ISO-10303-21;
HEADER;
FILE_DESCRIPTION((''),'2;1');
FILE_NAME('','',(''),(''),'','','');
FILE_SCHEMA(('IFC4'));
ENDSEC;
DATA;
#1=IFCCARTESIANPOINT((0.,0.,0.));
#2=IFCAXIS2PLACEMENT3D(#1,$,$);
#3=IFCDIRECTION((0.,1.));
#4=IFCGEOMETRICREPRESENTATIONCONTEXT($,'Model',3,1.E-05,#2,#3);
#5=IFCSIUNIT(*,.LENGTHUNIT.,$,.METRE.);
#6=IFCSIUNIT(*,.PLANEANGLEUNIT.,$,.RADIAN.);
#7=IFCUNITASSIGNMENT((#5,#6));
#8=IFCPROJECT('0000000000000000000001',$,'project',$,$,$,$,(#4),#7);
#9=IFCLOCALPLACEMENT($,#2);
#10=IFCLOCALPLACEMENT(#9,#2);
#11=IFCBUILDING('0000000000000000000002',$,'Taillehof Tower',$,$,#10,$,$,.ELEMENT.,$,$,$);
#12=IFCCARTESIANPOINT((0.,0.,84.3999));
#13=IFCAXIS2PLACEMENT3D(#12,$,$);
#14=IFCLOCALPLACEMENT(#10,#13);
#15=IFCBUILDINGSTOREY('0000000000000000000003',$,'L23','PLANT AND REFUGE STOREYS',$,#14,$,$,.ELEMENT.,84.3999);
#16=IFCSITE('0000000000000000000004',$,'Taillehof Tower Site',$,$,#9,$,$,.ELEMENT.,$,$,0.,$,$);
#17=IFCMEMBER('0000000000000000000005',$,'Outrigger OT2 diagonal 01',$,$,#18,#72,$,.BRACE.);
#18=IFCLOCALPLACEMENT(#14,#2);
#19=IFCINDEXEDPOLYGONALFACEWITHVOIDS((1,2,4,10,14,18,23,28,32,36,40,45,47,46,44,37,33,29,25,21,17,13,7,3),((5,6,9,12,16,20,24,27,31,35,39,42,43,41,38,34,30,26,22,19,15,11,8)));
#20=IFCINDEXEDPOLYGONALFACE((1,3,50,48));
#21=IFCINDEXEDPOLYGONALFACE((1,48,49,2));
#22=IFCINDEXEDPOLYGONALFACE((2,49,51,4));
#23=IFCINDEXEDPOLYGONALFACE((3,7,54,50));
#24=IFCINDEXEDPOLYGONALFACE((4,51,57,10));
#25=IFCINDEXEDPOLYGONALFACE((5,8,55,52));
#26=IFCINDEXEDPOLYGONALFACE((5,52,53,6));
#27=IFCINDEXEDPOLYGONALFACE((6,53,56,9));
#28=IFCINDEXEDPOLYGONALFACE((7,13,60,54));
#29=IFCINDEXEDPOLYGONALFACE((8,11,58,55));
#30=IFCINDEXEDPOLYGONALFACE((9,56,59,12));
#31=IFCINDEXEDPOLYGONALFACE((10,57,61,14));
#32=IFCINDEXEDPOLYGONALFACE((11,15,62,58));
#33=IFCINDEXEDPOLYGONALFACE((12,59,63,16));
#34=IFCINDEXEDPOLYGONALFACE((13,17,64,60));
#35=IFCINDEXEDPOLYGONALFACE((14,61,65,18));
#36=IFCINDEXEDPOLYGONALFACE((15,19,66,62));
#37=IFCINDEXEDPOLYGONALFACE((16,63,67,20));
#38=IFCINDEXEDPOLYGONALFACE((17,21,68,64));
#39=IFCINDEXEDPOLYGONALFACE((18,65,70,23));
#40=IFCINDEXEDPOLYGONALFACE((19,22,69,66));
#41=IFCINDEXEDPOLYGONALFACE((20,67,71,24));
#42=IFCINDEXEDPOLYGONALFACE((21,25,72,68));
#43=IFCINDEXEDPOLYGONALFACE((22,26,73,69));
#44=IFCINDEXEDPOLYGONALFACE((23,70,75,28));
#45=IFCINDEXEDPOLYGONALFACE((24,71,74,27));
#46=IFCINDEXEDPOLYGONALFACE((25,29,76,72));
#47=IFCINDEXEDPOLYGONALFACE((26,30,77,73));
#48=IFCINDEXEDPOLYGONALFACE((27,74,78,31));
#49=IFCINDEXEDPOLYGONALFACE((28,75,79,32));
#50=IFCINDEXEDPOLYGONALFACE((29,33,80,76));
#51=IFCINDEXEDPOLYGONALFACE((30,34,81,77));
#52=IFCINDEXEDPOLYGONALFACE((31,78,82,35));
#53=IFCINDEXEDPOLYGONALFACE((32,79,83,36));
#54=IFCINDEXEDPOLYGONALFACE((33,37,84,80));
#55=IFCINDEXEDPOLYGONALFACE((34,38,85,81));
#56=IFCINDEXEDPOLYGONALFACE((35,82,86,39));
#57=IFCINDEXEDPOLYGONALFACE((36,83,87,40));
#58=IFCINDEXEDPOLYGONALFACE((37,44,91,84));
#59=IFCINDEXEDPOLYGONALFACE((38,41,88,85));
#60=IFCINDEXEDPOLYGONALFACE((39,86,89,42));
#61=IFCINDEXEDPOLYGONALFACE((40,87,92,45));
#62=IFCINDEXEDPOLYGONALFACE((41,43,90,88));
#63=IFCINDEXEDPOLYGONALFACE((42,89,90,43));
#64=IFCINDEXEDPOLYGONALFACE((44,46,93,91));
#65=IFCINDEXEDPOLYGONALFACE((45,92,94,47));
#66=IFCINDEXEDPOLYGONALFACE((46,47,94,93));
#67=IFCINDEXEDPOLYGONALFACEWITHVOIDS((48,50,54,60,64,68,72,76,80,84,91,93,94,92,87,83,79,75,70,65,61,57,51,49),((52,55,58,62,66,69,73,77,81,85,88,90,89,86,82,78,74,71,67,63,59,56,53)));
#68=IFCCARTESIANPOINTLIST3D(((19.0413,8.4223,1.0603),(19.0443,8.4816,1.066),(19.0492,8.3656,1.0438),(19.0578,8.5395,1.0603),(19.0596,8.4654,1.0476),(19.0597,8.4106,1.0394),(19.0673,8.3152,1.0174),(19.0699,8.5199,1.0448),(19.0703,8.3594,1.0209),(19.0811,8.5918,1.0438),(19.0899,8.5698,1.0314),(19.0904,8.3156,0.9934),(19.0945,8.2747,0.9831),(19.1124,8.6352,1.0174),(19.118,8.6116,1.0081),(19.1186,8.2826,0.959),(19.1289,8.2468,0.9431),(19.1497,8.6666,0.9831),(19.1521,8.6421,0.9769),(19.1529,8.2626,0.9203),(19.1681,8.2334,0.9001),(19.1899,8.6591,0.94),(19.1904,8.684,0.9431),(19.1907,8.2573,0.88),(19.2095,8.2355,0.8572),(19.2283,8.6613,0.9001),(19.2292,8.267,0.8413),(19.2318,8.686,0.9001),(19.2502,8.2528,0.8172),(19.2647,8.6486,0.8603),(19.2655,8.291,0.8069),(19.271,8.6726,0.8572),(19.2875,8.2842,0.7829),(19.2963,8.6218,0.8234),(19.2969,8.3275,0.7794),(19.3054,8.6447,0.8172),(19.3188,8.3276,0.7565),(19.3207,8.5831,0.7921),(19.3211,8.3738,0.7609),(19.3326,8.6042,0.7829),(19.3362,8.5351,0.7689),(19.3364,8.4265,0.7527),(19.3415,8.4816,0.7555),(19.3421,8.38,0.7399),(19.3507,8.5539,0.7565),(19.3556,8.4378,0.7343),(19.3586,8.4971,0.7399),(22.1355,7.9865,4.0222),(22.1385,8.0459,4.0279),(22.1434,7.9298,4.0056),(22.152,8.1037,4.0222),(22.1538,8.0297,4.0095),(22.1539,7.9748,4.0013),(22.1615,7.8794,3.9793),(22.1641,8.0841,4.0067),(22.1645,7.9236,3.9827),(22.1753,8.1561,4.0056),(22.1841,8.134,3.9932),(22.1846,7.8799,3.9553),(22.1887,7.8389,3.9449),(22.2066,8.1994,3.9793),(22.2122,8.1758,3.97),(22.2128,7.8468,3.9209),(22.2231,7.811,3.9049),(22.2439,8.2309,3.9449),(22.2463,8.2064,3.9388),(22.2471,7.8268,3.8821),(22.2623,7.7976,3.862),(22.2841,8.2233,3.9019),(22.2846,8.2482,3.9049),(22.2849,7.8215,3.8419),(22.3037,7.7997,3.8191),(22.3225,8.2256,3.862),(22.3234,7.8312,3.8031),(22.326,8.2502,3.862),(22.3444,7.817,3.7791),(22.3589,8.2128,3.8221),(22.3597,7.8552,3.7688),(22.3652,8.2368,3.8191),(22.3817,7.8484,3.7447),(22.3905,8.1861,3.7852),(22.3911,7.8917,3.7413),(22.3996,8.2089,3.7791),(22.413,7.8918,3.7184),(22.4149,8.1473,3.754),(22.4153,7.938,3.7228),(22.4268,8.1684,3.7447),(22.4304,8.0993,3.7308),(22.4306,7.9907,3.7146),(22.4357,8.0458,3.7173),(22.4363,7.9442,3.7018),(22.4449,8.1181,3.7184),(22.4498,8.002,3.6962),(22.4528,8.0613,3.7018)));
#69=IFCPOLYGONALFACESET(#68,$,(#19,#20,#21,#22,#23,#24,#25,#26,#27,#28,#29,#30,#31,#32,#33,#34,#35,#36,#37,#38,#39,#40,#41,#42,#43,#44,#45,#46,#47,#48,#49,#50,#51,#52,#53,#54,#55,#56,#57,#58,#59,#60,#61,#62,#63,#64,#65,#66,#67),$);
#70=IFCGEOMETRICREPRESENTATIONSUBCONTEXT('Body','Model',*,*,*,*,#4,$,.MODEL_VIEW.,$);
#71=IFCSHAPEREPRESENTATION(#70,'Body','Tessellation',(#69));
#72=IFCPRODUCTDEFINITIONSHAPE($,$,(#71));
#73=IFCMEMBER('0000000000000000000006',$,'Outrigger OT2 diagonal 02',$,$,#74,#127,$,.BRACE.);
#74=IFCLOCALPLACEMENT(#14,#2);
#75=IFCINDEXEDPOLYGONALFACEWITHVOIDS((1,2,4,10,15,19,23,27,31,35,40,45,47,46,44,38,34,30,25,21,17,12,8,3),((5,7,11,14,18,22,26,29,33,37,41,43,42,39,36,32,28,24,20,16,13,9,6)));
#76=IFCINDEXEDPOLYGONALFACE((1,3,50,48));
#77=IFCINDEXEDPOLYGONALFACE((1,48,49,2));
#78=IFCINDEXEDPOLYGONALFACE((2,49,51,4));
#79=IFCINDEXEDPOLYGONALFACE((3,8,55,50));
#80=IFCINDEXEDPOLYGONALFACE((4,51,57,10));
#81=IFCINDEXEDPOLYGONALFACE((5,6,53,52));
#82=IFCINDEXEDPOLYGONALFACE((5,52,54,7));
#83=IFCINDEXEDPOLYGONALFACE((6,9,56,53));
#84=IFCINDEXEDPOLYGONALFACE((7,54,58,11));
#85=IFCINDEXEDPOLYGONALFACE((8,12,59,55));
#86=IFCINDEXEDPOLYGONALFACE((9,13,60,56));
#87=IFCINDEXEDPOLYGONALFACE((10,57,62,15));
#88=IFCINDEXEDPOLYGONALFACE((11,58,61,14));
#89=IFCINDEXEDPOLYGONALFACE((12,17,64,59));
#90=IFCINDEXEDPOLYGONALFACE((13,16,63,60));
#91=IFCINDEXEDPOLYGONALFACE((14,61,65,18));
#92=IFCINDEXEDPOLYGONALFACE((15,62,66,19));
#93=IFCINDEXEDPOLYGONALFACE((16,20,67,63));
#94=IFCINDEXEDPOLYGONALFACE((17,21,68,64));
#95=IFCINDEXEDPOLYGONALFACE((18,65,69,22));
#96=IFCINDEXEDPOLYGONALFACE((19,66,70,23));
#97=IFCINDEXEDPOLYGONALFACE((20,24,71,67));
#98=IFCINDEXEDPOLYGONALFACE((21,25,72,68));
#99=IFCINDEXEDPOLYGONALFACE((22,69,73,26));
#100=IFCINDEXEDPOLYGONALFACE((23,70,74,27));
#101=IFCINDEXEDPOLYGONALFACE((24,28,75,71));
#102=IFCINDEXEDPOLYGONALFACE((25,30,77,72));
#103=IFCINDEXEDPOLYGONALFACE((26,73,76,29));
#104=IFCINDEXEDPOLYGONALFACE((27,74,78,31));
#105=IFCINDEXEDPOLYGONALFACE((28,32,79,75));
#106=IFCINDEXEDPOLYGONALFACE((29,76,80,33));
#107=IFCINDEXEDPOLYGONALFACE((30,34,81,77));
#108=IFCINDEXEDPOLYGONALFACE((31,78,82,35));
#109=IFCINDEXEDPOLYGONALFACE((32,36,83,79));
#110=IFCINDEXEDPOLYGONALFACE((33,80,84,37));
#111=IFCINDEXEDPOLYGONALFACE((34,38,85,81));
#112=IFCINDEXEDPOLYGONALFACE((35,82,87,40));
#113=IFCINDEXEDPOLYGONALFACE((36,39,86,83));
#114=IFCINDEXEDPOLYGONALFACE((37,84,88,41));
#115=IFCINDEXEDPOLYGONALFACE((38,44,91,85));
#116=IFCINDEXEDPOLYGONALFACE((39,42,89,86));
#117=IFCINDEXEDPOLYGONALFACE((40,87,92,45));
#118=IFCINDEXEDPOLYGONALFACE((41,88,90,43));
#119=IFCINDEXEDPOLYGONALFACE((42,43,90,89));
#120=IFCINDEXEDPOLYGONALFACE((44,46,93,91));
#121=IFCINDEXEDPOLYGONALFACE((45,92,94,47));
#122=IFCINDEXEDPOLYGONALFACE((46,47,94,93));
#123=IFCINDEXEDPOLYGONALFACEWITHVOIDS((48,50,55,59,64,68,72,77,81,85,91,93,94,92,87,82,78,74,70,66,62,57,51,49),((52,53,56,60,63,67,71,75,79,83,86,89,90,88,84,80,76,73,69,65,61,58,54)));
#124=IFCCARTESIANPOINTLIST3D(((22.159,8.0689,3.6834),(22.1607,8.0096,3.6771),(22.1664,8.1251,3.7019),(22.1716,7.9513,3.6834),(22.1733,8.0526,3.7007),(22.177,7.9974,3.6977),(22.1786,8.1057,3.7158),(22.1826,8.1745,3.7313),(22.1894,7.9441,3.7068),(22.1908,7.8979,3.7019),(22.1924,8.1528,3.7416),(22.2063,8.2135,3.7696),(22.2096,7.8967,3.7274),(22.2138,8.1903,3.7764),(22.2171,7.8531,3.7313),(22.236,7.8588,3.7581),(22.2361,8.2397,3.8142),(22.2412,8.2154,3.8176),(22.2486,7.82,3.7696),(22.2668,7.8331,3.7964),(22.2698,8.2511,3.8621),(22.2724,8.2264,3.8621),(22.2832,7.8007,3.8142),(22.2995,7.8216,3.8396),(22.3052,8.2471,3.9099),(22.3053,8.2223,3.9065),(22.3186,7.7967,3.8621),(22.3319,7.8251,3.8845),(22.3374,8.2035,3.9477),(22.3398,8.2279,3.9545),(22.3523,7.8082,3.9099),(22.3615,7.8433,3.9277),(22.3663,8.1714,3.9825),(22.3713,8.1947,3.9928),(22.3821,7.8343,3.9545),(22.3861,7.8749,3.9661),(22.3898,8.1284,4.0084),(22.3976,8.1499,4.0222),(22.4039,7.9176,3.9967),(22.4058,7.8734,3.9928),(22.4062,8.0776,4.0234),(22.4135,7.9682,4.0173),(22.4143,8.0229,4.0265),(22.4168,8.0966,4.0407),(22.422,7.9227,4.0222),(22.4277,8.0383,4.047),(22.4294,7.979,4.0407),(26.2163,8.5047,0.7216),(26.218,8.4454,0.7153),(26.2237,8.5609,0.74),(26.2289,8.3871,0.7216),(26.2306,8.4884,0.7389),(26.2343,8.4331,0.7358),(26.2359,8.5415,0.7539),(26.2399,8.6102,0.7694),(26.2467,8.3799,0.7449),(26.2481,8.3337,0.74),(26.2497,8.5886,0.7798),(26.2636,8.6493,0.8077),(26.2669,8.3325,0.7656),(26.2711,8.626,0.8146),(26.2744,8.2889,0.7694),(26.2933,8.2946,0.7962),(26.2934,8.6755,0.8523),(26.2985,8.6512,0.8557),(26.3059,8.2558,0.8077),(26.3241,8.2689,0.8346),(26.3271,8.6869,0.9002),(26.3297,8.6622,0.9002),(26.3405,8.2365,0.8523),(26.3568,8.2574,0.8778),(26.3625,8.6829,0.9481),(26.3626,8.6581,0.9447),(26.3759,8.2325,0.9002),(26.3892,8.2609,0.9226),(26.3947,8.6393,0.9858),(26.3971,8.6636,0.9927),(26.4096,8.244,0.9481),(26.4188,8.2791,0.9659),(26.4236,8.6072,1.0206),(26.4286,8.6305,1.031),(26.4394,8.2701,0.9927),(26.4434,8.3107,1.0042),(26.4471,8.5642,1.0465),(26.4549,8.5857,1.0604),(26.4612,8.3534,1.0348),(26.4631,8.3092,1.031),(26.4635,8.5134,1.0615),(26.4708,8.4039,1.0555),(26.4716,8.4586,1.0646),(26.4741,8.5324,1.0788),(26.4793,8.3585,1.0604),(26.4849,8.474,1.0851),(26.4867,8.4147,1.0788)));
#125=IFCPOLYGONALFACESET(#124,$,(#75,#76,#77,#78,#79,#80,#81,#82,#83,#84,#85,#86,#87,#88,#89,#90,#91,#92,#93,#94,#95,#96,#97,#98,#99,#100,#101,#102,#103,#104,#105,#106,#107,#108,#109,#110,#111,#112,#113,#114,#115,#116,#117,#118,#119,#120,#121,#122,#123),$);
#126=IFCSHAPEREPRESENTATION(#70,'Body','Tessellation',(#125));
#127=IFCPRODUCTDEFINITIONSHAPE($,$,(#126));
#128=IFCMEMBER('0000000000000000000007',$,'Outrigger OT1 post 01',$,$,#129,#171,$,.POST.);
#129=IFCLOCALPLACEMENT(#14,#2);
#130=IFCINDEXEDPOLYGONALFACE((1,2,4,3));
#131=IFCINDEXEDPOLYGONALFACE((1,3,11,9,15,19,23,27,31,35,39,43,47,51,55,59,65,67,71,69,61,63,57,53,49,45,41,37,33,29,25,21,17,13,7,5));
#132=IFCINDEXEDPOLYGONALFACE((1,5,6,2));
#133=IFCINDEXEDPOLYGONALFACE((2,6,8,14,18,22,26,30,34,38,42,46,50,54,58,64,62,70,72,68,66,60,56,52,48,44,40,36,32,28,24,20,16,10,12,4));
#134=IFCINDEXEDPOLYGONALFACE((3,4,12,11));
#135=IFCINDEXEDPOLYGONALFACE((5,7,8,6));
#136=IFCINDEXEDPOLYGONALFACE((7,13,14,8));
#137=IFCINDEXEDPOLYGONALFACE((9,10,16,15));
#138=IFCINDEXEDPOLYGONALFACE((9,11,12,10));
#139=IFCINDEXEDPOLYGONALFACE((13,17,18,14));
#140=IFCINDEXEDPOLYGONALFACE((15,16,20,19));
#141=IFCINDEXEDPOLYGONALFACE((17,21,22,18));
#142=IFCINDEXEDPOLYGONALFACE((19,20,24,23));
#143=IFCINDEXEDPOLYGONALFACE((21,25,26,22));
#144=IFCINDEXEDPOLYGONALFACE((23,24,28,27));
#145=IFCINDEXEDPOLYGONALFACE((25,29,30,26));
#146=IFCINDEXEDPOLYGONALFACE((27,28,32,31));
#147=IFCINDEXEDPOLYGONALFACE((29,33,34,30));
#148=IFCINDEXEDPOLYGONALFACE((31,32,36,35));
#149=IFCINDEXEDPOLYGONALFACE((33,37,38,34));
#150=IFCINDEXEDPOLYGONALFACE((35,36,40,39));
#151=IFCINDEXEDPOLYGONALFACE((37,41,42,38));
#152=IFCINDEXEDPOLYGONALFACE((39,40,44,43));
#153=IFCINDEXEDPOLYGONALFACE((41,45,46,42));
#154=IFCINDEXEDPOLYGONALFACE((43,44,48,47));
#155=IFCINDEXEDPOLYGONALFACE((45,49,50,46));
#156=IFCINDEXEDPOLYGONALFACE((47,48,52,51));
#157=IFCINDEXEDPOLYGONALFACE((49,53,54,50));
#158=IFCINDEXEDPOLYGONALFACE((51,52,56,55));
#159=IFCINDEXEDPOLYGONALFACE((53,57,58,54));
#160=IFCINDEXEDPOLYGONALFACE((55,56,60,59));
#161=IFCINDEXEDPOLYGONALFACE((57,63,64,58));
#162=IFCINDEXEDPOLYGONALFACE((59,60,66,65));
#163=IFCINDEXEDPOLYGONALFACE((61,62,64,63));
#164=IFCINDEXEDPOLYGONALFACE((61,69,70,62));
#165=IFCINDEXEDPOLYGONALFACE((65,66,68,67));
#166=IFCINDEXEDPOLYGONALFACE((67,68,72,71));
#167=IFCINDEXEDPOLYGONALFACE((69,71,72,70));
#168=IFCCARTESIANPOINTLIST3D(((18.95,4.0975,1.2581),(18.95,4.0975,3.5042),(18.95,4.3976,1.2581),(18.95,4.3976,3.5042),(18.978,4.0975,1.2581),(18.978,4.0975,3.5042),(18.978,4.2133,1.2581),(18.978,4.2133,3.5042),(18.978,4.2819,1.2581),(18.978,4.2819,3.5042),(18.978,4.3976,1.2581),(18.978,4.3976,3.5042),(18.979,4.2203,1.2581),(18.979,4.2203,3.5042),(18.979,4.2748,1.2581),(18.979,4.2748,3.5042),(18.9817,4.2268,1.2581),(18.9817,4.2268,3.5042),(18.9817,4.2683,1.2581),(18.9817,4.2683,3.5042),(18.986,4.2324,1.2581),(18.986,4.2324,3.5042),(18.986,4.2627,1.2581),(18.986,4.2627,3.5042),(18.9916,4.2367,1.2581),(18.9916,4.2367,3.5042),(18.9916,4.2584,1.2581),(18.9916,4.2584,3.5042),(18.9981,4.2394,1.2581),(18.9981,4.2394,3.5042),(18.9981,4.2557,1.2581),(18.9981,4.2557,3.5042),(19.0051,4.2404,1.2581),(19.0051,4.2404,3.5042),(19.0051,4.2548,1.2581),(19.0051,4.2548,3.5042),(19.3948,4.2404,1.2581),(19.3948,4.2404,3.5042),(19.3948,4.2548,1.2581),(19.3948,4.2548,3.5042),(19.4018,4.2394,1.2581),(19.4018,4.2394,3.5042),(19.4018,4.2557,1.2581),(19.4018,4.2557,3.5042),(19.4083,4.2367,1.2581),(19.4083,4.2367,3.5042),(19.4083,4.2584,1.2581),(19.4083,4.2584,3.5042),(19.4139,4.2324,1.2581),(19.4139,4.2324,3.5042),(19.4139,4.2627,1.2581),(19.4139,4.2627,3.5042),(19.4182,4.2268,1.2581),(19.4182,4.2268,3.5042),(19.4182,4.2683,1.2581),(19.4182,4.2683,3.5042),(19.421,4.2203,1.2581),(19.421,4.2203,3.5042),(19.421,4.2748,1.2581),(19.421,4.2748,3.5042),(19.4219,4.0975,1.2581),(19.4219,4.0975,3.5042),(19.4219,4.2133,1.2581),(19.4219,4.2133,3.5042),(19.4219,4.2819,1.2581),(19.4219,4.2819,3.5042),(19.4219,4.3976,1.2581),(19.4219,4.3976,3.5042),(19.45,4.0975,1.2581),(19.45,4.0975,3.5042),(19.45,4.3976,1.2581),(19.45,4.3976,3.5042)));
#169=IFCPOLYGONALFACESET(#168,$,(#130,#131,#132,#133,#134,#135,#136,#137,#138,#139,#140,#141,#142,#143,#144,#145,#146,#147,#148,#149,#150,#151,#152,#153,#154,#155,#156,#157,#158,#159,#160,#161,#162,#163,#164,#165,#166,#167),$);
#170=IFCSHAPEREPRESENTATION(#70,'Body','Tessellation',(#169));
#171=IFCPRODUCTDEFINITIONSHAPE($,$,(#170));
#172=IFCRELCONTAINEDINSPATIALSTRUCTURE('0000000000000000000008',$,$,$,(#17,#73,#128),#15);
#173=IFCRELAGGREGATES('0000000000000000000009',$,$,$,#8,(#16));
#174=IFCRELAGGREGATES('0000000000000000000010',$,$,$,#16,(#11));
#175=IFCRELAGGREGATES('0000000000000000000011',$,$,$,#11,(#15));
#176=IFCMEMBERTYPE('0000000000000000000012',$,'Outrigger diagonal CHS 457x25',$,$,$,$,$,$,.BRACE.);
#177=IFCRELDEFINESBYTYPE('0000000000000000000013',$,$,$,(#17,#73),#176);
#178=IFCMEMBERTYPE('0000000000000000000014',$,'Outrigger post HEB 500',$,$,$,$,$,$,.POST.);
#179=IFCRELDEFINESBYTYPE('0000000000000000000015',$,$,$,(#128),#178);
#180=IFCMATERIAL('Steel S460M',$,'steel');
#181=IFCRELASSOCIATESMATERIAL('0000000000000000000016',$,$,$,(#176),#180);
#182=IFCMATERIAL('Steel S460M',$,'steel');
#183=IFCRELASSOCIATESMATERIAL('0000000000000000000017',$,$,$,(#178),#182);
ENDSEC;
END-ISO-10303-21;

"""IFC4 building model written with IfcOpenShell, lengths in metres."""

from ifc_helpers import new_model, si_unit, direction, frame, origin, origin_2d, place, context, subcontext, project, spatial, hollow_circle, i_section, extrude, material, material_profile, profile_set, type_object, element, save


model = new_model("IFC4")

# Units and contexts
model_context = context("Model", 3, precision=1e-05, world=origin(), true_north=direction((0.0, 1.0)))
body_context = subcontext(model_context, "Body", "Model", "MODEL_VIEW")
ifc_project = project(units=[si_unit("LENGTHUNIT", "METRE"), si_unit("PLANEANGLEUNIT", "RADIAN")], contexts=[model_context])

# Site, building, storey
site_placement = place(None, origin())
site = spatial("IfcSite", under=ifc_project, at=site_placement, Name="Taillehof Tower Site", CompositionType="ELEMENT", RefElevation=0.0)
building_placement = place(site_placement, origin())
building = spatial("IfcBuilding", under=site, at=building_placement, Name="Taillehof Tower", CompositionType="ELEMENT")
storey_placement = place(building_placement, frame((0.0, 0.0, 84.3999)))
storey = spatial("IfcBuildingStorey", under=building, at=storey_placement, Name="L23", Description="PLANT AND REFUGE STOREYS", CompositionType="ELEMENT", Elevation=84.3999)

# Members
ifc_material_1 = material(Name="Steel S460M", Category="steel")
ifc_material_profile_1 = material_profile(ifc_material_1, hollow_circle(Radius=0.2285, WallThickness=0.0249, at=origin_2d()), Name="CHS 457x25")
ifc_profile_set_1 = profile_set([ifc_material_profile_1], Name="Steel S460M")
member_type_1 = type_object("IfcMemberType", Name="Outrigger diagonal CHS 457x25", PredefinedType="BRACE", material=ifc_profile_set_1)
member_1_placement = place(storey_placement, frame((19.2, 8.4597, 0.9001), z_axis=(0.718674, -0.101218, 0.68794), x_axis=(0.139463, 0.990227, 0.0)))
element("IfcMember", 1, at=member_1_placement, inside=storey, type_object=member_type_1, Name="Outrigger OT2 diagonal 01", PredefinedType="BRACE", context=body_context, shape_type="SweptSolid", body=[
    extrude(hollow_circle(Radius=0.2285, WallThickness=0.0249, at=origin_2d()), origin(), (0.0, 0.0, 1.0), 4.3054),
])
member_2_placement = place(storey_placement, frame((22.2942, 8.0239, 3.8621), z_axis=(0.804662, 0.086426, -0.587409), x_axis=(-0.106793, 0.994281, 0.0)))
element("IfcMember", 2, at=member_2_placement, inside=storey, type_object=member_type_1, Name="Outrigger OT2 diagonal 02", PredefinedType="BRACE", context=body_context, shape_type="SweptSolid", body=[
    extrude(hollow_circle(Radius=0.2285, WallThickness=0.0249, at=origin_2d()), origin(), (0.0, 0.0, 1.0), 5.0422),
])
ifc_material_2 = material(Name="Steel S460M", Category="steel")
ifc_material_profile_2 = material_profile(ifc_material_2, i_section(OverallWidth=0.3, OverallDepth=0.5, WebThickness=0.0144, FlangeThickness=0.0281, FilletRadius=0.0271, at=origin_2d()), Name="HEB 500")
ifc_profile_set_2 = profile_set([ifc_material_profile_2], Name="Steel S460M")
member_type_2 = type_object("IfcMemberType", Name="Outrigger post HEB 500", PredefinedType="POST", material=ifc_profile_set_2)
member_3_placement = place(storey_placement, frame((19.2, 4.2476, 1.2581), z_axis=(0.0, 0.0, 1.0), x_axis=(0.0, -1.0, 0.0)))
element("IfcMember", 3, at=member_3_placement, inside=storey, type_object=member_type_2, Name="Outrigger OT1 post 01", PredefinedType="POST", context=body_context, shape_type="SweptSolid", body=[
    extrude(i_section(OverallWidth=0.3, OverallDepth=0.5, WebThickness=0.0144, FlangeThickness=0.0281, FilletRadius=0.0271, at=origin_2d()), origin(), (0.0, 0.0, 1.0), 2.2461),
])

save(model, "model.ifc")
